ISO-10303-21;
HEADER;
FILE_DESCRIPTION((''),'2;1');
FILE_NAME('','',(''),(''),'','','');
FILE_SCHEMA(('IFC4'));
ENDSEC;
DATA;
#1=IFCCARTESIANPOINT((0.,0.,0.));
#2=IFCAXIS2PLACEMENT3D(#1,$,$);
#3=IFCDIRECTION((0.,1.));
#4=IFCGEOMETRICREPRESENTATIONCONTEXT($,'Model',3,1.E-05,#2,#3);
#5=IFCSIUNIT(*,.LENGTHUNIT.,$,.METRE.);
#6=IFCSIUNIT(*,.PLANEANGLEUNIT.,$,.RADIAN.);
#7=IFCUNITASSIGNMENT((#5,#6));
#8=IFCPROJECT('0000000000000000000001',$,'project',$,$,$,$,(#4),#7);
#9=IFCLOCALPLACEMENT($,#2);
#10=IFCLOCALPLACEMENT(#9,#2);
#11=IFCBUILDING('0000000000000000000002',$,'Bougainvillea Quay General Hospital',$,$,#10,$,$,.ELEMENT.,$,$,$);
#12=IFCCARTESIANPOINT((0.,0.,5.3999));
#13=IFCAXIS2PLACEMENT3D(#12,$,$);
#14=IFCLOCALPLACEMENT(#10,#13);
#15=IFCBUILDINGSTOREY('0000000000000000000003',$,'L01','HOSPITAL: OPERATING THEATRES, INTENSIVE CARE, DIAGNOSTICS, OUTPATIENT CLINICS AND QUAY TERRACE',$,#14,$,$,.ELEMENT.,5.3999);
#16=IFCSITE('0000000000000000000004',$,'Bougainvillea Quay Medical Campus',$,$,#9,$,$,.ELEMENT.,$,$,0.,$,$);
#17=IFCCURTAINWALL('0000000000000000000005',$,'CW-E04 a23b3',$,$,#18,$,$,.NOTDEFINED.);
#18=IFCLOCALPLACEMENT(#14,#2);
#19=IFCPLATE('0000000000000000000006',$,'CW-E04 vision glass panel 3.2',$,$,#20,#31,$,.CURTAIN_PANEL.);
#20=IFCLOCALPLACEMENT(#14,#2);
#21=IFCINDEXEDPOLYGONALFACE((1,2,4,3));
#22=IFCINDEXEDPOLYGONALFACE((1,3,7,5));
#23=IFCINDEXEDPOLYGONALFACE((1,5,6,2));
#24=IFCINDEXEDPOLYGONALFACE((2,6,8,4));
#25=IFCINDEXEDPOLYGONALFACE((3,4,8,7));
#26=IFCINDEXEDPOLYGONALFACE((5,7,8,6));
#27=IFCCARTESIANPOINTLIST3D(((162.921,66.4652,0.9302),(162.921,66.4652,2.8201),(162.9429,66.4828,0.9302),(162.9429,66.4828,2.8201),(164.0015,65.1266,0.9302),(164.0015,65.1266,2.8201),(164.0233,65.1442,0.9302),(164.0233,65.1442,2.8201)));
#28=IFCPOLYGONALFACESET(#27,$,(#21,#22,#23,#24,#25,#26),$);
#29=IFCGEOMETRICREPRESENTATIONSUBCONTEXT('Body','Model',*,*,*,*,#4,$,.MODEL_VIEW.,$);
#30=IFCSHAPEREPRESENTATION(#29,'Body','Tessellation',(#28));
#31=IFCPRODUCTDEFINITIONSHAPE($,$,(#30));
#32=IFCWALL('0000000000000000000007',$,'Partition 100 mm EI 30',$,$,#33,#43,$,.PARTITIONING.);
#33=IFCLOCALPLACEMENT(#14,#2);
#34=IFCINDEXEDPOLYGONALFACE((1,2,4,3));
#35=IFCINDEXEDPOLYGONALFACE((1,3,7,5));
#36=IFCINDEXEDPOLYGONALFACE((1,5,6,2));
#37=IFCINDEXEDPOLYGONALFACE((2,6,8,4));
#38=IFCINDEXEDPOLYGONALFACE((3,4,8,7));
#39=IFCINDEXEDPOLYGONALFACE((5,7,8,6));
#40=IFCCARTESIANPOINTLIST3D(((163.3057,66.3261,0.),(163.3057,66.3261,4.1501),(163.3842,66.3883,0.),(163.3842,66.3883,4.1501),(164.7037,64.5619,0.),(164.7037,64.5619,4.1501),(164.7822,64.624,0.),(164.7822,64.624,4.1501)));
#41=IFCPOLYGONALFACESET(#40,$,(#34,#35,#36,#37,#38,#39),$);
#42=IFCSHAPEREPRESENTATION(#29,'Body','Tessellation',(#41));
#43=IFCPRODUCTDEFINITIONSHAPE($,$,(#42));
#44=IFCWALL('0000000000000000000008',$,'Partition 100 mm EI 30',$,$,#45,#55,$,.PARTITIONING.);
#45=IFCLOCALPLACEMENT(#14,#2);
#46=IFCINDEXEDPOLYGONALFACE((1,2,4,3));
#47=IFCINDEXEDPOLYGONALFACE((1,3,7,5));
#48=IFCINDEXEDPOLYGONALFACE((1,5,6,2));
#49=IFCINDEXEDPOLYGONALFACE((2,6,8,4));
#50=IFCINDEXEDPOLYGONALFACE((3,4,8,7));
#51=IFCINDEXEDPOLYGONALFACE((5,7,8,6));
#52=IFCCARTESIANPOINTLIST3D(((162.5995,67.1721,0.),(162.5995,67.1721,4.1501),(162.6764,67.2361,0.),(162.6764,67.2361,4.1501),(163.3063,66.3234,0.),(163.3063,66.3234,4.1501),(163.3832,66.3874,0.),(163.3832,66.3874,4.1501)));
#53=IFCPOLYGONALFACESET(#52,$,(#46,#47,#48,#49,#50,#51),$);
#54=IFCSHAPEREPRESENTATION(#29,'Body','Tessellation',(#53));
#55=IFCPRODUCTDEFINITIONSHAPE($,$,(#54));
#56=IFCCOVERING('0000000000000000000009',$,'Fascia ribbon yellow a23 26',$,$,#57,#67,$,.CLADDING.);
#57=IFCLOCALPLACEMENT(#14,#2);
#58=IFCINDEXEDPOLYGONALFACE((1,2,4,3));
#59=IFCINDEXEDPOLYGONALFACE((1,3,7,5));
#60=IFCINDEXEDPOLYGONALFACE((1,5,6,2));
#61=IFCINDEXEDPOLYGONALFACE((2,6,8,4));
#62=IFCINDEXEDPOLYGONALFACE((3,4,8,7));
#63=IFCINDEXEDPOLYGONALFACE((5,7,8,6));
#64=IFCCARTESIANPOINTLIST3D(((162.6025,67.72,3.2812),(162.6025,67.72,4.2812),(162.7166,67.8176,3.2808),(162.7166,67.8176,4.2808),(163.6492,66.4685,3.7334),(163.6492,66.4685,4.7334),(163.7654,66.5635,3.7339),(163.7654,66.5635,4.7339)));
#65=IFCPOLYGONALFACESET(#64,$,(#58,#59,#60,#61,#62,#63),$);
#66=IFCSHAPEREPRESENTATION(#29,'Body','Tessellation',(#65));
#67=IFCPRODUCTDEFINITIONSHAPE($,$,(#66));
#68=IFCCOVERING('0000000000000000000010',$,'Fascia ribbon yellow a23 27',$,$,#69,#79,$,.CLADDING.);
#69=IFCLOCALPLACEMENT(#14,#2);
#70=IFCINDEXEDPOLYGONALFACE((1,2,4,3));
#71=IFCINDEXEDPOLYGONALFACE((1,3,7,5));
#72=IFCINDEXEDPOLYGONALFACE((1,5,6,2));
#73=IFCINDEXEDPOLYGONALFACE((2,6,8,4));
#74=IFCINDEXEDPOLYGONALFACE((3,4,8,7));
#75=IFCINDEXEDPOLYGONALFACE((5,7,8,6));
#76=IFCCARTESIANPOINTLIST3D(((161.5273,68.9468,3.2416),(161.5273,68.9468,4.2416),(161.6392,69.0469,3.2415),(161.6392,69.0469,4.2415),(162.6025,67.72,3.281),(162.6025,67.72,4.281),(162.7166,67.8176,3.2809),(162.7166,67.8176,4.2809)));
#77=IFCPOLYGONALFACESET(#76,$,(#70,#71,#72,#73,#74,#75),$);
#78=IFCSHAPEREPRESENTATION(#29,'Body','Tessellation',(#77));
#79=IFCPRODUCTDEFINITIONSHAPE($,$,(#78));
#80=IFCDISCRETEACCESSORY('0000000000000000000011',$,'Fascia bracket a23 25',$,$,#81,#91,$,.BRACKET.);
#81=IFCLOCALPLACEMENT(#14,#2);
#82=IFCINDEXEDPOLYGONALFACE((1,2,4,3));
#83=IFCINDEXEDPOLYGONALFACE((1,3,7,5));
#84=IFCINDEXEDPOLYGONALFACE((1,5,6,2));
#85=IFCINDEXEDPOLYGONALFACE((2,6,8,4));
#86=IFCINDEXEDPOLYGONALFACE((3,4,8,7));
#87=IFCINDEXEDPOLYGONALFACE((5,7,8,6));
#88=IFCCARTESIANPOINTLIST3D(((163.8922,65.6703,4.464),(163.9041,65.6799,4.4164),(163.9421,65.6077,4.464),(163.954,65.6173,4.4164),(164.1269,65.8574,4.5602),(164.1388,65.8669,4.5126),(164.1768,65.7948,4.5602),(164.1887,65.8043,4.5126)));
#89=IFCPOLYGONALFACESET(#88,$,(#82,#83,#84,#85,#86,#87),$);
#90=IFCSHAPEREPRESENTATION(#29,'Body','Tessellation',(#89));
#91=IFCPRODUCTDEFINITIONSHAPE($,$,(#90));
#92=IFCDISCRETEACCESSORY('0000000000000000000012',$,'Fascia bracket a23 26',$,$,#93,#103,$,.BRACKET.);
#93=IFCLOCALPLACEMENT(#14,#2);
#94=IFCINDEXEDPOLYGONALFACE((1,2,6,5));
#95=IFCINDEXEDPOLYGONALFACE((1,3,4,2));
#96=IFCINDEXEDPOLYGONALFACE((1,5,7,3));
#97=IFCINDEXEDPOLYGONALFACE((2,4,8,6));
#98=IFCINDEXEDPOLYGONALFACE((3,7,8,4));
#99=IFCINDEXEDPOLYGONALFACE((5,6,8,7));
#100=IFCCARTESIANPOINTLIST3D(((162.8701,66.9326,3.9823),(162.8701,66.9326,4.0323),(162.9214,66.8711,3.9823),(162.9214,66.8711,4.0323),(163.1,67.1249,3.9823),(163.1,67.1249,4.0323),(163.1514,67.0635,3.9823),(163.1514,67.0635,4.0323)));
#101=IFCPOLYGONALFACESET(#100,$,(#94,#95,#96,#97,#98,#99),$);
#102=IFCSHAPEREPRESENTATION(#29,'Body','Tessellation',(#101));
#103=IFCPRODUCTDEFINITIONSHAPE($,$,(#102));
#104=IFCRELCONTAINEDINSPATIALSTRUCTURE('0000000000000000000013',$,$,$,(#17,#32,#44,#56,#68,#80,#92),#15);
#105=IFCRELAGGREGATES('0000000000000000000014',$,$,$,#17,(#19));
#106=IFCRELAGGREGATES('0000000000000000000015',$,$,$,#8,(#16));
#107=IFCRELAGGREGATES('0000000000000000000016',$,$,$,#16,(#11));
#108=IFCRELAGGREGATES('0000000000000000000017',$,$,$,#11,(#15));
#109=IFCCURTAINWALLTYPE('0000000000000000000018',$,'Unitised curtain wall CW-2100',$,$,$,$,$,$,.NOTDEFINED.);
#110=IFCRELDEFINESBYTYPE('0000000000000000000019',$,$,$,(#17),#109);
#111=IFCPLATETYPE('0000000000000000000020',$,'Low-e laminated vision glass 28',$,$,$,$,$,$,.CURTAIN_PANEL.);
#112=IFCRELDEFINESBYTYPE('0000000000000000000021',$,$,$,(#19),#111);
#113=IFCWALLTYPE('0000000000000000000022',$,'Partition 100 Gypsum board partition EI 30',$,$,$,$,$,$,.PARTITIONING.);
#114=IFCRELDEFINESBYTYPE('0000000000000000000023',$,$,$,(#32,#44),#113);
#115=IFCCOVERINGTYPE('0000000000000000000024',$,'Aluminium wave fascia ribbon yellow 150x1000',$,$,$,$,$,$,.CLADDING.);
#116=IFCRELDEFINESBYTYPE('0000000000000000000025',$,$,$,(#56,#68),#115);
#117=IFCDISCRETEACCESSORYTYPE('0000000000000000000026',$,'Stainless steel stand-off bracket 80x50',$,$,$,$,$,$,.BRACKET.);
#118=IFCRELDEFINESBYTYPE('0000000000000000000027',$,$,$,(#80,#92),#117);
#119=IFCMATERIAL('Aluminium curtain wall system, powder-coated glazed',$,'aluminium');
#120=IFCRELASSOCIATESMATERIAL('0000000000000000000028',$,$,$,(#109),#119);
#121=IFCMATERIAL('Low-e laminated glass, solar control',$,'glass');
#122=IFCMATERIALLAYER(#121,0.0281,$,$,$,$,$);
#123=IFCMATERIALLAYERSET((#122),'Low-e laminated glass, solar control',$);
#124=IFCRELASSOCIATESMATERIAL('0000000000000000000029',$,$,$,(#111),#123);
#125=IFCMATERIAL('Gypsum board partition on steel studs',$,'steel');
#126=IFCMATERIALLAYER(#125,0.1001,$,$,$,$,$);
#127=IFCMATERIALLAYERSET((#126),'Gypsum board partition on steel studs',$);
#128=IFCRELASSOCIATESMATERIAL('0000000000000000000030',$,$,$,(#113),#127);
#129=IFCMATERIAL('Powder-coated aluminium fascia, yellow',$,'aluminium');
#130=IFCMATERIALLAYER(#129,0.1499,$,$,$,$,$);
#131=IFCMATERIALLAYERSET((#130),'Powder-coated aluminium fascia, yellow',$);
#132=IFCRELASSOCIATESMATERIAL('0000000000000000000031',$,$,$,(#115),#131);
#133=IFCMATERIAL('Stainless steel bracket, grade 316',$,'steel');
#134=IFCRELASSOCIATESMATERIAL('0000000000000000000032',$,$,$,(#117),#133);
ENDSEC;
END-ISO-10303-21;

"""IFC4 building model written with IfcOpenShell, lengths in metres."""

from ifc_helpers import new_model, si_unit, direction, frame, frame_2d, origin, origin_2d, place, context, subcontext, project, spatial, polyline, rectangle, outline, extrude, material, layer, layer_set, material_profile, profile_set, type_object, element, aggregate, save


model = new_model("IFC4")

# Units and contexts
model_context = context("Model", 3, precision=1e-05, world=origin(), true_north=direction((0.0, 1.0)))
body_context = subcontext(model_context, "Body", "Model", "MODEL_VIEW")
ifc_project = project(units=[si_unit("LENGTHUNIT", "METRE"), si_unit("PLANEANGLEUNIT", "RADIAN")], contexts=[model_context])

# Site, building, storey
site_placement = place(None, origin())
site = spatial("IfcSite", under=ifc_project, at=site_placement, Name="Bougainvillea Quay Medical Campus", CompositionType="ELEMENT", RefElevation=0.0)
building_placement = place(site_placement, origin())
building = spatial("IfcBuilding", under=site, at=building_placement, Name="Bougainvillea Quay General Hospital", CompositionType="ELEMENT")
storey_placement = place(building_placement, frame((0.0, 0.0, 5.3999)))
storey = spatial("IfcBuildingStorey", under=building, at=storey_placement, Name="L01", Description="HOSPITAL: OPERATING THEATRES, INTENSIVE CARE, DIAGNOSTICS, OUTPATIENT CLINICS AND QUAY TERRACE", CompositionType="ELEMENT", Elevation=5.3999)

# Curtain wall, plate
ifc_material_1 = material(Name="Aluminium curtain wall system, powder-coated glazed", Category="aluminium")
curtain_wall_type = type_object("IfcCurtainWallType", Name="Unitised curtain wall CW-2100", PredefinedType="NOTDEFINED", material=ifc_material_1)
curtain_wall_placement = place(storey_placement, origin())
curtain_wall = element("IfcCurtainWall", 1, at=curtain_wall_placement, inside=storey, type_object=curtain_wall_type, Name="CW-E04 a23b3", PredefinedType="NOTDEFINED")
ifc_material_2 = material(Name="Low-e laminated glass, solar control", Category="glass")
ifc_layer_1 = layer(ifc_material_2, 0.0281)
ifc_layer_set_1 = layer_set([ifc_layer_1], Name="Low-e laminated glass, solar control")
plate_type_1 = type_object("IfcPlateType", Name="Low-e laminated vision glass 28", PredefinedType="CURTAIN_PANEL", material=ifc_layer_set_1)
plate_1_placement = place(storey_placement, frame((163.4722, 65.8047, 0.9302), z_axis=(0.0, 0.0, 1.0), x_axis=(0.628072, -0.778155, 0.0)))
plate_1 = element("IfcPlate", 2, at=plate_1_placement, type_object=plate_type_1, Name="CW-E04 vision glass panel 3.2", PredefinedType="CURTAIN_PANEL", context=body_context, shape_type="SweptSolid", body=[
    extrude(rectangle(XDim=1.7202, YDim=0.0281, at=origin_2d()), origin(), (0.0, 0.0, 1.0), 1.8899),
])
aggregate(curtain_wall, [plate_1])

# Walls
ifc_material_3 = material(Name="Gypsum board partition on steel studs", Category="steel")
ifc_layer_2 = layer(ifc_material_3, 0.1001)
ifc_layer_set_2 = layer_set([ifc_layer_2], Name="Gypsum board partition on steel studs")
wall_type = type_object("IfcWallType", Name="Partition 100 Gypsum board partition EI 30", PredefinedType="PARTITIONING", material=ifc_layer_set_2)
wall_1_placement = place(storey_placement, frame((163.345, 66.3572, 0.0), z_axis=(0.0, 0.0, 1.0), x_axis=(0.621064, -0.78376, 0.0)))
element("IfcWall", 3, at=wall_1_placement, inside=storey, type_object=wall_type, Name="Partition 100 mm EI 30", PredefinedType="PARTITIONING", context=body_context, shape_type="SweptSolid", body=[
    extrude(rectangle(XDim=2.251, YDim=0.1001, at=frame_2d((1.1255, 0.0))), origin(), (0.0, 0.0, 1.0), 4.1501),
])
wall_2_placement = place(storey_placement, frame((162.6379, 67.2041, 0.0), z_axis=(0.0, 0.0, 1.0), x_axis=(0.639967, -0.768402, 0.0)))
element("IfcWall", 4, at=wall_2_placement, inside=storey, type_object=wall_type, Name="Partition 100 mm EI 30", PredefinedType="PARTITIONING", context=body_context, shape_type="SweptSolid", body=[
    extrude(rectangle(XDim=1.1045, YDim=0.1001, at=frame_2d((0.5522, 0.0))), origin(), (0.0, 0.0, 1.0), 4.1501),
])

# Coverings
ifc_material_4 = material(Name="Powder-coated aluminium fascia, yellow", Category="aluminium")
ifc_layer_3 = layer(ifc_material_4, 0.1499)
ifc_layer_set_3 = layer_set([ifc_layer_3], Name="Powder-coated aluminium fascia, yellow")
covering_type = type_object("IfcCoveringType", Name="Aluminium wave fascia ribbon yellow 150x1000", PredefinedType="CLADDING", material=ifc_layer_set_3)
covering_1_placement = place(storey_placement, frame((163.6492, 66.4685, 3.7334), z_axis=(-0.171388, 0.20484, 0.963673), x_axis=(-0.618233, 0.739226, -0.267083)))
element("IfcCovering", 5, at=covering_1_placement, inside=storey, type_object=covering_type, Name="Fascia ribbon yellow a23 26", PredefinedType="CLADDING", context=body_context, shape_type="SweptSolid", body=[
    extrude(outline(polyline([(0.0, 0.0), (1.6929, 0.0), (1.6948, -0.1501), (-0.0018, -0.1501), (0.0, 0.0)])), origin(), (-0.267083, -0.000056, 0.963673), 1.0),
])
covering_2_placement = place(storey_placement, frame((162.6025, 67.72, 3.281), z_axis=(-0.015291, 0.018696, 0.999708), x_axis=(-0.658916, 0.751829, -0.024139)))
element("IfcCovering", 6, at=covering_2_placement, inside=storey, type_object=covering_type, Name="Fascia ribbon yellow a23 27", PredefinedType="CLADDING", context=body_context, shape_type="SweptSolid", body=[
    extrude(outline(polyline([(0.0, 0.0), (1.6318, 0.0), (1.6333, -0.1501), (-0.0017, -0.1501), (0.0, 0.0)])), origin(), (-0.024139, 0.000823, 0.999708), 1.0),
])

# Discrete accessories
ifc_material_5 = material(Name="Stainless steel bracket, grade 316", Category="steel")
ifc_material_profile_1 = material_profile(ifc_material_5, rectangle(XDim=0.0801, YDim=0.05, at=origin_2d()))
ifc_profile_set_1 = profile_set([ifc_material_profile_1], Name="Stainless steel bracket, grade 316")
discrete_accessory_type = type_object("IfcDiscreteAccessoryType", Name="Stainless steel stand-off bracket 80x50", PredefinedType="BRACKET", material=ifc_profile_set_1)
discrete_accessory_1_placement = place(storey_placement, frame((163.9231, 65.6438, 4.4402), z_axis=(0.744645, 0.593547, 0.305297), x_axis=(-0.623305, 0.781979, 0.0)))
element("IfcDiscreteAccessory", 7, at=discrete_accessory_1_placement, inside=storey, type_object=discrete_accessory_type, Name="Fascia bracket a23 25", PredefinedType="BRACKET", context=body_context, shape_type="SweptSolid", body=[
    extrude(rectangle(XDim=0.0801, YDim=0.05, at=origin_2d()), origin(), (0.0, 0.0, 1.0), 0.3152),
])
discrete_accessory_2_placement = place(storey_placement, frame((162.8958, 66.9019, 4.0073), z_axis=(0.767019, 0.641625, 0.0), x_axis=(-0.641625, 0.767019, 0.0)))
element("IfcDiscreteAccessory", 8, at=discrete_accessory_2_placement, inside=storey, type_object=discrete_accessory_type, Name="Fascia bracket a23 26", PredefinedType="BRACKET", context=body_context, shape_type="SweptSolid", body=[
    extrude(rectangle(XDim=0.0801, YDim=0.05, at=origin_2d()), origin(), (0.0, 0.0, 1.0), 0.2998),
])

save(model, "model.ifc")
